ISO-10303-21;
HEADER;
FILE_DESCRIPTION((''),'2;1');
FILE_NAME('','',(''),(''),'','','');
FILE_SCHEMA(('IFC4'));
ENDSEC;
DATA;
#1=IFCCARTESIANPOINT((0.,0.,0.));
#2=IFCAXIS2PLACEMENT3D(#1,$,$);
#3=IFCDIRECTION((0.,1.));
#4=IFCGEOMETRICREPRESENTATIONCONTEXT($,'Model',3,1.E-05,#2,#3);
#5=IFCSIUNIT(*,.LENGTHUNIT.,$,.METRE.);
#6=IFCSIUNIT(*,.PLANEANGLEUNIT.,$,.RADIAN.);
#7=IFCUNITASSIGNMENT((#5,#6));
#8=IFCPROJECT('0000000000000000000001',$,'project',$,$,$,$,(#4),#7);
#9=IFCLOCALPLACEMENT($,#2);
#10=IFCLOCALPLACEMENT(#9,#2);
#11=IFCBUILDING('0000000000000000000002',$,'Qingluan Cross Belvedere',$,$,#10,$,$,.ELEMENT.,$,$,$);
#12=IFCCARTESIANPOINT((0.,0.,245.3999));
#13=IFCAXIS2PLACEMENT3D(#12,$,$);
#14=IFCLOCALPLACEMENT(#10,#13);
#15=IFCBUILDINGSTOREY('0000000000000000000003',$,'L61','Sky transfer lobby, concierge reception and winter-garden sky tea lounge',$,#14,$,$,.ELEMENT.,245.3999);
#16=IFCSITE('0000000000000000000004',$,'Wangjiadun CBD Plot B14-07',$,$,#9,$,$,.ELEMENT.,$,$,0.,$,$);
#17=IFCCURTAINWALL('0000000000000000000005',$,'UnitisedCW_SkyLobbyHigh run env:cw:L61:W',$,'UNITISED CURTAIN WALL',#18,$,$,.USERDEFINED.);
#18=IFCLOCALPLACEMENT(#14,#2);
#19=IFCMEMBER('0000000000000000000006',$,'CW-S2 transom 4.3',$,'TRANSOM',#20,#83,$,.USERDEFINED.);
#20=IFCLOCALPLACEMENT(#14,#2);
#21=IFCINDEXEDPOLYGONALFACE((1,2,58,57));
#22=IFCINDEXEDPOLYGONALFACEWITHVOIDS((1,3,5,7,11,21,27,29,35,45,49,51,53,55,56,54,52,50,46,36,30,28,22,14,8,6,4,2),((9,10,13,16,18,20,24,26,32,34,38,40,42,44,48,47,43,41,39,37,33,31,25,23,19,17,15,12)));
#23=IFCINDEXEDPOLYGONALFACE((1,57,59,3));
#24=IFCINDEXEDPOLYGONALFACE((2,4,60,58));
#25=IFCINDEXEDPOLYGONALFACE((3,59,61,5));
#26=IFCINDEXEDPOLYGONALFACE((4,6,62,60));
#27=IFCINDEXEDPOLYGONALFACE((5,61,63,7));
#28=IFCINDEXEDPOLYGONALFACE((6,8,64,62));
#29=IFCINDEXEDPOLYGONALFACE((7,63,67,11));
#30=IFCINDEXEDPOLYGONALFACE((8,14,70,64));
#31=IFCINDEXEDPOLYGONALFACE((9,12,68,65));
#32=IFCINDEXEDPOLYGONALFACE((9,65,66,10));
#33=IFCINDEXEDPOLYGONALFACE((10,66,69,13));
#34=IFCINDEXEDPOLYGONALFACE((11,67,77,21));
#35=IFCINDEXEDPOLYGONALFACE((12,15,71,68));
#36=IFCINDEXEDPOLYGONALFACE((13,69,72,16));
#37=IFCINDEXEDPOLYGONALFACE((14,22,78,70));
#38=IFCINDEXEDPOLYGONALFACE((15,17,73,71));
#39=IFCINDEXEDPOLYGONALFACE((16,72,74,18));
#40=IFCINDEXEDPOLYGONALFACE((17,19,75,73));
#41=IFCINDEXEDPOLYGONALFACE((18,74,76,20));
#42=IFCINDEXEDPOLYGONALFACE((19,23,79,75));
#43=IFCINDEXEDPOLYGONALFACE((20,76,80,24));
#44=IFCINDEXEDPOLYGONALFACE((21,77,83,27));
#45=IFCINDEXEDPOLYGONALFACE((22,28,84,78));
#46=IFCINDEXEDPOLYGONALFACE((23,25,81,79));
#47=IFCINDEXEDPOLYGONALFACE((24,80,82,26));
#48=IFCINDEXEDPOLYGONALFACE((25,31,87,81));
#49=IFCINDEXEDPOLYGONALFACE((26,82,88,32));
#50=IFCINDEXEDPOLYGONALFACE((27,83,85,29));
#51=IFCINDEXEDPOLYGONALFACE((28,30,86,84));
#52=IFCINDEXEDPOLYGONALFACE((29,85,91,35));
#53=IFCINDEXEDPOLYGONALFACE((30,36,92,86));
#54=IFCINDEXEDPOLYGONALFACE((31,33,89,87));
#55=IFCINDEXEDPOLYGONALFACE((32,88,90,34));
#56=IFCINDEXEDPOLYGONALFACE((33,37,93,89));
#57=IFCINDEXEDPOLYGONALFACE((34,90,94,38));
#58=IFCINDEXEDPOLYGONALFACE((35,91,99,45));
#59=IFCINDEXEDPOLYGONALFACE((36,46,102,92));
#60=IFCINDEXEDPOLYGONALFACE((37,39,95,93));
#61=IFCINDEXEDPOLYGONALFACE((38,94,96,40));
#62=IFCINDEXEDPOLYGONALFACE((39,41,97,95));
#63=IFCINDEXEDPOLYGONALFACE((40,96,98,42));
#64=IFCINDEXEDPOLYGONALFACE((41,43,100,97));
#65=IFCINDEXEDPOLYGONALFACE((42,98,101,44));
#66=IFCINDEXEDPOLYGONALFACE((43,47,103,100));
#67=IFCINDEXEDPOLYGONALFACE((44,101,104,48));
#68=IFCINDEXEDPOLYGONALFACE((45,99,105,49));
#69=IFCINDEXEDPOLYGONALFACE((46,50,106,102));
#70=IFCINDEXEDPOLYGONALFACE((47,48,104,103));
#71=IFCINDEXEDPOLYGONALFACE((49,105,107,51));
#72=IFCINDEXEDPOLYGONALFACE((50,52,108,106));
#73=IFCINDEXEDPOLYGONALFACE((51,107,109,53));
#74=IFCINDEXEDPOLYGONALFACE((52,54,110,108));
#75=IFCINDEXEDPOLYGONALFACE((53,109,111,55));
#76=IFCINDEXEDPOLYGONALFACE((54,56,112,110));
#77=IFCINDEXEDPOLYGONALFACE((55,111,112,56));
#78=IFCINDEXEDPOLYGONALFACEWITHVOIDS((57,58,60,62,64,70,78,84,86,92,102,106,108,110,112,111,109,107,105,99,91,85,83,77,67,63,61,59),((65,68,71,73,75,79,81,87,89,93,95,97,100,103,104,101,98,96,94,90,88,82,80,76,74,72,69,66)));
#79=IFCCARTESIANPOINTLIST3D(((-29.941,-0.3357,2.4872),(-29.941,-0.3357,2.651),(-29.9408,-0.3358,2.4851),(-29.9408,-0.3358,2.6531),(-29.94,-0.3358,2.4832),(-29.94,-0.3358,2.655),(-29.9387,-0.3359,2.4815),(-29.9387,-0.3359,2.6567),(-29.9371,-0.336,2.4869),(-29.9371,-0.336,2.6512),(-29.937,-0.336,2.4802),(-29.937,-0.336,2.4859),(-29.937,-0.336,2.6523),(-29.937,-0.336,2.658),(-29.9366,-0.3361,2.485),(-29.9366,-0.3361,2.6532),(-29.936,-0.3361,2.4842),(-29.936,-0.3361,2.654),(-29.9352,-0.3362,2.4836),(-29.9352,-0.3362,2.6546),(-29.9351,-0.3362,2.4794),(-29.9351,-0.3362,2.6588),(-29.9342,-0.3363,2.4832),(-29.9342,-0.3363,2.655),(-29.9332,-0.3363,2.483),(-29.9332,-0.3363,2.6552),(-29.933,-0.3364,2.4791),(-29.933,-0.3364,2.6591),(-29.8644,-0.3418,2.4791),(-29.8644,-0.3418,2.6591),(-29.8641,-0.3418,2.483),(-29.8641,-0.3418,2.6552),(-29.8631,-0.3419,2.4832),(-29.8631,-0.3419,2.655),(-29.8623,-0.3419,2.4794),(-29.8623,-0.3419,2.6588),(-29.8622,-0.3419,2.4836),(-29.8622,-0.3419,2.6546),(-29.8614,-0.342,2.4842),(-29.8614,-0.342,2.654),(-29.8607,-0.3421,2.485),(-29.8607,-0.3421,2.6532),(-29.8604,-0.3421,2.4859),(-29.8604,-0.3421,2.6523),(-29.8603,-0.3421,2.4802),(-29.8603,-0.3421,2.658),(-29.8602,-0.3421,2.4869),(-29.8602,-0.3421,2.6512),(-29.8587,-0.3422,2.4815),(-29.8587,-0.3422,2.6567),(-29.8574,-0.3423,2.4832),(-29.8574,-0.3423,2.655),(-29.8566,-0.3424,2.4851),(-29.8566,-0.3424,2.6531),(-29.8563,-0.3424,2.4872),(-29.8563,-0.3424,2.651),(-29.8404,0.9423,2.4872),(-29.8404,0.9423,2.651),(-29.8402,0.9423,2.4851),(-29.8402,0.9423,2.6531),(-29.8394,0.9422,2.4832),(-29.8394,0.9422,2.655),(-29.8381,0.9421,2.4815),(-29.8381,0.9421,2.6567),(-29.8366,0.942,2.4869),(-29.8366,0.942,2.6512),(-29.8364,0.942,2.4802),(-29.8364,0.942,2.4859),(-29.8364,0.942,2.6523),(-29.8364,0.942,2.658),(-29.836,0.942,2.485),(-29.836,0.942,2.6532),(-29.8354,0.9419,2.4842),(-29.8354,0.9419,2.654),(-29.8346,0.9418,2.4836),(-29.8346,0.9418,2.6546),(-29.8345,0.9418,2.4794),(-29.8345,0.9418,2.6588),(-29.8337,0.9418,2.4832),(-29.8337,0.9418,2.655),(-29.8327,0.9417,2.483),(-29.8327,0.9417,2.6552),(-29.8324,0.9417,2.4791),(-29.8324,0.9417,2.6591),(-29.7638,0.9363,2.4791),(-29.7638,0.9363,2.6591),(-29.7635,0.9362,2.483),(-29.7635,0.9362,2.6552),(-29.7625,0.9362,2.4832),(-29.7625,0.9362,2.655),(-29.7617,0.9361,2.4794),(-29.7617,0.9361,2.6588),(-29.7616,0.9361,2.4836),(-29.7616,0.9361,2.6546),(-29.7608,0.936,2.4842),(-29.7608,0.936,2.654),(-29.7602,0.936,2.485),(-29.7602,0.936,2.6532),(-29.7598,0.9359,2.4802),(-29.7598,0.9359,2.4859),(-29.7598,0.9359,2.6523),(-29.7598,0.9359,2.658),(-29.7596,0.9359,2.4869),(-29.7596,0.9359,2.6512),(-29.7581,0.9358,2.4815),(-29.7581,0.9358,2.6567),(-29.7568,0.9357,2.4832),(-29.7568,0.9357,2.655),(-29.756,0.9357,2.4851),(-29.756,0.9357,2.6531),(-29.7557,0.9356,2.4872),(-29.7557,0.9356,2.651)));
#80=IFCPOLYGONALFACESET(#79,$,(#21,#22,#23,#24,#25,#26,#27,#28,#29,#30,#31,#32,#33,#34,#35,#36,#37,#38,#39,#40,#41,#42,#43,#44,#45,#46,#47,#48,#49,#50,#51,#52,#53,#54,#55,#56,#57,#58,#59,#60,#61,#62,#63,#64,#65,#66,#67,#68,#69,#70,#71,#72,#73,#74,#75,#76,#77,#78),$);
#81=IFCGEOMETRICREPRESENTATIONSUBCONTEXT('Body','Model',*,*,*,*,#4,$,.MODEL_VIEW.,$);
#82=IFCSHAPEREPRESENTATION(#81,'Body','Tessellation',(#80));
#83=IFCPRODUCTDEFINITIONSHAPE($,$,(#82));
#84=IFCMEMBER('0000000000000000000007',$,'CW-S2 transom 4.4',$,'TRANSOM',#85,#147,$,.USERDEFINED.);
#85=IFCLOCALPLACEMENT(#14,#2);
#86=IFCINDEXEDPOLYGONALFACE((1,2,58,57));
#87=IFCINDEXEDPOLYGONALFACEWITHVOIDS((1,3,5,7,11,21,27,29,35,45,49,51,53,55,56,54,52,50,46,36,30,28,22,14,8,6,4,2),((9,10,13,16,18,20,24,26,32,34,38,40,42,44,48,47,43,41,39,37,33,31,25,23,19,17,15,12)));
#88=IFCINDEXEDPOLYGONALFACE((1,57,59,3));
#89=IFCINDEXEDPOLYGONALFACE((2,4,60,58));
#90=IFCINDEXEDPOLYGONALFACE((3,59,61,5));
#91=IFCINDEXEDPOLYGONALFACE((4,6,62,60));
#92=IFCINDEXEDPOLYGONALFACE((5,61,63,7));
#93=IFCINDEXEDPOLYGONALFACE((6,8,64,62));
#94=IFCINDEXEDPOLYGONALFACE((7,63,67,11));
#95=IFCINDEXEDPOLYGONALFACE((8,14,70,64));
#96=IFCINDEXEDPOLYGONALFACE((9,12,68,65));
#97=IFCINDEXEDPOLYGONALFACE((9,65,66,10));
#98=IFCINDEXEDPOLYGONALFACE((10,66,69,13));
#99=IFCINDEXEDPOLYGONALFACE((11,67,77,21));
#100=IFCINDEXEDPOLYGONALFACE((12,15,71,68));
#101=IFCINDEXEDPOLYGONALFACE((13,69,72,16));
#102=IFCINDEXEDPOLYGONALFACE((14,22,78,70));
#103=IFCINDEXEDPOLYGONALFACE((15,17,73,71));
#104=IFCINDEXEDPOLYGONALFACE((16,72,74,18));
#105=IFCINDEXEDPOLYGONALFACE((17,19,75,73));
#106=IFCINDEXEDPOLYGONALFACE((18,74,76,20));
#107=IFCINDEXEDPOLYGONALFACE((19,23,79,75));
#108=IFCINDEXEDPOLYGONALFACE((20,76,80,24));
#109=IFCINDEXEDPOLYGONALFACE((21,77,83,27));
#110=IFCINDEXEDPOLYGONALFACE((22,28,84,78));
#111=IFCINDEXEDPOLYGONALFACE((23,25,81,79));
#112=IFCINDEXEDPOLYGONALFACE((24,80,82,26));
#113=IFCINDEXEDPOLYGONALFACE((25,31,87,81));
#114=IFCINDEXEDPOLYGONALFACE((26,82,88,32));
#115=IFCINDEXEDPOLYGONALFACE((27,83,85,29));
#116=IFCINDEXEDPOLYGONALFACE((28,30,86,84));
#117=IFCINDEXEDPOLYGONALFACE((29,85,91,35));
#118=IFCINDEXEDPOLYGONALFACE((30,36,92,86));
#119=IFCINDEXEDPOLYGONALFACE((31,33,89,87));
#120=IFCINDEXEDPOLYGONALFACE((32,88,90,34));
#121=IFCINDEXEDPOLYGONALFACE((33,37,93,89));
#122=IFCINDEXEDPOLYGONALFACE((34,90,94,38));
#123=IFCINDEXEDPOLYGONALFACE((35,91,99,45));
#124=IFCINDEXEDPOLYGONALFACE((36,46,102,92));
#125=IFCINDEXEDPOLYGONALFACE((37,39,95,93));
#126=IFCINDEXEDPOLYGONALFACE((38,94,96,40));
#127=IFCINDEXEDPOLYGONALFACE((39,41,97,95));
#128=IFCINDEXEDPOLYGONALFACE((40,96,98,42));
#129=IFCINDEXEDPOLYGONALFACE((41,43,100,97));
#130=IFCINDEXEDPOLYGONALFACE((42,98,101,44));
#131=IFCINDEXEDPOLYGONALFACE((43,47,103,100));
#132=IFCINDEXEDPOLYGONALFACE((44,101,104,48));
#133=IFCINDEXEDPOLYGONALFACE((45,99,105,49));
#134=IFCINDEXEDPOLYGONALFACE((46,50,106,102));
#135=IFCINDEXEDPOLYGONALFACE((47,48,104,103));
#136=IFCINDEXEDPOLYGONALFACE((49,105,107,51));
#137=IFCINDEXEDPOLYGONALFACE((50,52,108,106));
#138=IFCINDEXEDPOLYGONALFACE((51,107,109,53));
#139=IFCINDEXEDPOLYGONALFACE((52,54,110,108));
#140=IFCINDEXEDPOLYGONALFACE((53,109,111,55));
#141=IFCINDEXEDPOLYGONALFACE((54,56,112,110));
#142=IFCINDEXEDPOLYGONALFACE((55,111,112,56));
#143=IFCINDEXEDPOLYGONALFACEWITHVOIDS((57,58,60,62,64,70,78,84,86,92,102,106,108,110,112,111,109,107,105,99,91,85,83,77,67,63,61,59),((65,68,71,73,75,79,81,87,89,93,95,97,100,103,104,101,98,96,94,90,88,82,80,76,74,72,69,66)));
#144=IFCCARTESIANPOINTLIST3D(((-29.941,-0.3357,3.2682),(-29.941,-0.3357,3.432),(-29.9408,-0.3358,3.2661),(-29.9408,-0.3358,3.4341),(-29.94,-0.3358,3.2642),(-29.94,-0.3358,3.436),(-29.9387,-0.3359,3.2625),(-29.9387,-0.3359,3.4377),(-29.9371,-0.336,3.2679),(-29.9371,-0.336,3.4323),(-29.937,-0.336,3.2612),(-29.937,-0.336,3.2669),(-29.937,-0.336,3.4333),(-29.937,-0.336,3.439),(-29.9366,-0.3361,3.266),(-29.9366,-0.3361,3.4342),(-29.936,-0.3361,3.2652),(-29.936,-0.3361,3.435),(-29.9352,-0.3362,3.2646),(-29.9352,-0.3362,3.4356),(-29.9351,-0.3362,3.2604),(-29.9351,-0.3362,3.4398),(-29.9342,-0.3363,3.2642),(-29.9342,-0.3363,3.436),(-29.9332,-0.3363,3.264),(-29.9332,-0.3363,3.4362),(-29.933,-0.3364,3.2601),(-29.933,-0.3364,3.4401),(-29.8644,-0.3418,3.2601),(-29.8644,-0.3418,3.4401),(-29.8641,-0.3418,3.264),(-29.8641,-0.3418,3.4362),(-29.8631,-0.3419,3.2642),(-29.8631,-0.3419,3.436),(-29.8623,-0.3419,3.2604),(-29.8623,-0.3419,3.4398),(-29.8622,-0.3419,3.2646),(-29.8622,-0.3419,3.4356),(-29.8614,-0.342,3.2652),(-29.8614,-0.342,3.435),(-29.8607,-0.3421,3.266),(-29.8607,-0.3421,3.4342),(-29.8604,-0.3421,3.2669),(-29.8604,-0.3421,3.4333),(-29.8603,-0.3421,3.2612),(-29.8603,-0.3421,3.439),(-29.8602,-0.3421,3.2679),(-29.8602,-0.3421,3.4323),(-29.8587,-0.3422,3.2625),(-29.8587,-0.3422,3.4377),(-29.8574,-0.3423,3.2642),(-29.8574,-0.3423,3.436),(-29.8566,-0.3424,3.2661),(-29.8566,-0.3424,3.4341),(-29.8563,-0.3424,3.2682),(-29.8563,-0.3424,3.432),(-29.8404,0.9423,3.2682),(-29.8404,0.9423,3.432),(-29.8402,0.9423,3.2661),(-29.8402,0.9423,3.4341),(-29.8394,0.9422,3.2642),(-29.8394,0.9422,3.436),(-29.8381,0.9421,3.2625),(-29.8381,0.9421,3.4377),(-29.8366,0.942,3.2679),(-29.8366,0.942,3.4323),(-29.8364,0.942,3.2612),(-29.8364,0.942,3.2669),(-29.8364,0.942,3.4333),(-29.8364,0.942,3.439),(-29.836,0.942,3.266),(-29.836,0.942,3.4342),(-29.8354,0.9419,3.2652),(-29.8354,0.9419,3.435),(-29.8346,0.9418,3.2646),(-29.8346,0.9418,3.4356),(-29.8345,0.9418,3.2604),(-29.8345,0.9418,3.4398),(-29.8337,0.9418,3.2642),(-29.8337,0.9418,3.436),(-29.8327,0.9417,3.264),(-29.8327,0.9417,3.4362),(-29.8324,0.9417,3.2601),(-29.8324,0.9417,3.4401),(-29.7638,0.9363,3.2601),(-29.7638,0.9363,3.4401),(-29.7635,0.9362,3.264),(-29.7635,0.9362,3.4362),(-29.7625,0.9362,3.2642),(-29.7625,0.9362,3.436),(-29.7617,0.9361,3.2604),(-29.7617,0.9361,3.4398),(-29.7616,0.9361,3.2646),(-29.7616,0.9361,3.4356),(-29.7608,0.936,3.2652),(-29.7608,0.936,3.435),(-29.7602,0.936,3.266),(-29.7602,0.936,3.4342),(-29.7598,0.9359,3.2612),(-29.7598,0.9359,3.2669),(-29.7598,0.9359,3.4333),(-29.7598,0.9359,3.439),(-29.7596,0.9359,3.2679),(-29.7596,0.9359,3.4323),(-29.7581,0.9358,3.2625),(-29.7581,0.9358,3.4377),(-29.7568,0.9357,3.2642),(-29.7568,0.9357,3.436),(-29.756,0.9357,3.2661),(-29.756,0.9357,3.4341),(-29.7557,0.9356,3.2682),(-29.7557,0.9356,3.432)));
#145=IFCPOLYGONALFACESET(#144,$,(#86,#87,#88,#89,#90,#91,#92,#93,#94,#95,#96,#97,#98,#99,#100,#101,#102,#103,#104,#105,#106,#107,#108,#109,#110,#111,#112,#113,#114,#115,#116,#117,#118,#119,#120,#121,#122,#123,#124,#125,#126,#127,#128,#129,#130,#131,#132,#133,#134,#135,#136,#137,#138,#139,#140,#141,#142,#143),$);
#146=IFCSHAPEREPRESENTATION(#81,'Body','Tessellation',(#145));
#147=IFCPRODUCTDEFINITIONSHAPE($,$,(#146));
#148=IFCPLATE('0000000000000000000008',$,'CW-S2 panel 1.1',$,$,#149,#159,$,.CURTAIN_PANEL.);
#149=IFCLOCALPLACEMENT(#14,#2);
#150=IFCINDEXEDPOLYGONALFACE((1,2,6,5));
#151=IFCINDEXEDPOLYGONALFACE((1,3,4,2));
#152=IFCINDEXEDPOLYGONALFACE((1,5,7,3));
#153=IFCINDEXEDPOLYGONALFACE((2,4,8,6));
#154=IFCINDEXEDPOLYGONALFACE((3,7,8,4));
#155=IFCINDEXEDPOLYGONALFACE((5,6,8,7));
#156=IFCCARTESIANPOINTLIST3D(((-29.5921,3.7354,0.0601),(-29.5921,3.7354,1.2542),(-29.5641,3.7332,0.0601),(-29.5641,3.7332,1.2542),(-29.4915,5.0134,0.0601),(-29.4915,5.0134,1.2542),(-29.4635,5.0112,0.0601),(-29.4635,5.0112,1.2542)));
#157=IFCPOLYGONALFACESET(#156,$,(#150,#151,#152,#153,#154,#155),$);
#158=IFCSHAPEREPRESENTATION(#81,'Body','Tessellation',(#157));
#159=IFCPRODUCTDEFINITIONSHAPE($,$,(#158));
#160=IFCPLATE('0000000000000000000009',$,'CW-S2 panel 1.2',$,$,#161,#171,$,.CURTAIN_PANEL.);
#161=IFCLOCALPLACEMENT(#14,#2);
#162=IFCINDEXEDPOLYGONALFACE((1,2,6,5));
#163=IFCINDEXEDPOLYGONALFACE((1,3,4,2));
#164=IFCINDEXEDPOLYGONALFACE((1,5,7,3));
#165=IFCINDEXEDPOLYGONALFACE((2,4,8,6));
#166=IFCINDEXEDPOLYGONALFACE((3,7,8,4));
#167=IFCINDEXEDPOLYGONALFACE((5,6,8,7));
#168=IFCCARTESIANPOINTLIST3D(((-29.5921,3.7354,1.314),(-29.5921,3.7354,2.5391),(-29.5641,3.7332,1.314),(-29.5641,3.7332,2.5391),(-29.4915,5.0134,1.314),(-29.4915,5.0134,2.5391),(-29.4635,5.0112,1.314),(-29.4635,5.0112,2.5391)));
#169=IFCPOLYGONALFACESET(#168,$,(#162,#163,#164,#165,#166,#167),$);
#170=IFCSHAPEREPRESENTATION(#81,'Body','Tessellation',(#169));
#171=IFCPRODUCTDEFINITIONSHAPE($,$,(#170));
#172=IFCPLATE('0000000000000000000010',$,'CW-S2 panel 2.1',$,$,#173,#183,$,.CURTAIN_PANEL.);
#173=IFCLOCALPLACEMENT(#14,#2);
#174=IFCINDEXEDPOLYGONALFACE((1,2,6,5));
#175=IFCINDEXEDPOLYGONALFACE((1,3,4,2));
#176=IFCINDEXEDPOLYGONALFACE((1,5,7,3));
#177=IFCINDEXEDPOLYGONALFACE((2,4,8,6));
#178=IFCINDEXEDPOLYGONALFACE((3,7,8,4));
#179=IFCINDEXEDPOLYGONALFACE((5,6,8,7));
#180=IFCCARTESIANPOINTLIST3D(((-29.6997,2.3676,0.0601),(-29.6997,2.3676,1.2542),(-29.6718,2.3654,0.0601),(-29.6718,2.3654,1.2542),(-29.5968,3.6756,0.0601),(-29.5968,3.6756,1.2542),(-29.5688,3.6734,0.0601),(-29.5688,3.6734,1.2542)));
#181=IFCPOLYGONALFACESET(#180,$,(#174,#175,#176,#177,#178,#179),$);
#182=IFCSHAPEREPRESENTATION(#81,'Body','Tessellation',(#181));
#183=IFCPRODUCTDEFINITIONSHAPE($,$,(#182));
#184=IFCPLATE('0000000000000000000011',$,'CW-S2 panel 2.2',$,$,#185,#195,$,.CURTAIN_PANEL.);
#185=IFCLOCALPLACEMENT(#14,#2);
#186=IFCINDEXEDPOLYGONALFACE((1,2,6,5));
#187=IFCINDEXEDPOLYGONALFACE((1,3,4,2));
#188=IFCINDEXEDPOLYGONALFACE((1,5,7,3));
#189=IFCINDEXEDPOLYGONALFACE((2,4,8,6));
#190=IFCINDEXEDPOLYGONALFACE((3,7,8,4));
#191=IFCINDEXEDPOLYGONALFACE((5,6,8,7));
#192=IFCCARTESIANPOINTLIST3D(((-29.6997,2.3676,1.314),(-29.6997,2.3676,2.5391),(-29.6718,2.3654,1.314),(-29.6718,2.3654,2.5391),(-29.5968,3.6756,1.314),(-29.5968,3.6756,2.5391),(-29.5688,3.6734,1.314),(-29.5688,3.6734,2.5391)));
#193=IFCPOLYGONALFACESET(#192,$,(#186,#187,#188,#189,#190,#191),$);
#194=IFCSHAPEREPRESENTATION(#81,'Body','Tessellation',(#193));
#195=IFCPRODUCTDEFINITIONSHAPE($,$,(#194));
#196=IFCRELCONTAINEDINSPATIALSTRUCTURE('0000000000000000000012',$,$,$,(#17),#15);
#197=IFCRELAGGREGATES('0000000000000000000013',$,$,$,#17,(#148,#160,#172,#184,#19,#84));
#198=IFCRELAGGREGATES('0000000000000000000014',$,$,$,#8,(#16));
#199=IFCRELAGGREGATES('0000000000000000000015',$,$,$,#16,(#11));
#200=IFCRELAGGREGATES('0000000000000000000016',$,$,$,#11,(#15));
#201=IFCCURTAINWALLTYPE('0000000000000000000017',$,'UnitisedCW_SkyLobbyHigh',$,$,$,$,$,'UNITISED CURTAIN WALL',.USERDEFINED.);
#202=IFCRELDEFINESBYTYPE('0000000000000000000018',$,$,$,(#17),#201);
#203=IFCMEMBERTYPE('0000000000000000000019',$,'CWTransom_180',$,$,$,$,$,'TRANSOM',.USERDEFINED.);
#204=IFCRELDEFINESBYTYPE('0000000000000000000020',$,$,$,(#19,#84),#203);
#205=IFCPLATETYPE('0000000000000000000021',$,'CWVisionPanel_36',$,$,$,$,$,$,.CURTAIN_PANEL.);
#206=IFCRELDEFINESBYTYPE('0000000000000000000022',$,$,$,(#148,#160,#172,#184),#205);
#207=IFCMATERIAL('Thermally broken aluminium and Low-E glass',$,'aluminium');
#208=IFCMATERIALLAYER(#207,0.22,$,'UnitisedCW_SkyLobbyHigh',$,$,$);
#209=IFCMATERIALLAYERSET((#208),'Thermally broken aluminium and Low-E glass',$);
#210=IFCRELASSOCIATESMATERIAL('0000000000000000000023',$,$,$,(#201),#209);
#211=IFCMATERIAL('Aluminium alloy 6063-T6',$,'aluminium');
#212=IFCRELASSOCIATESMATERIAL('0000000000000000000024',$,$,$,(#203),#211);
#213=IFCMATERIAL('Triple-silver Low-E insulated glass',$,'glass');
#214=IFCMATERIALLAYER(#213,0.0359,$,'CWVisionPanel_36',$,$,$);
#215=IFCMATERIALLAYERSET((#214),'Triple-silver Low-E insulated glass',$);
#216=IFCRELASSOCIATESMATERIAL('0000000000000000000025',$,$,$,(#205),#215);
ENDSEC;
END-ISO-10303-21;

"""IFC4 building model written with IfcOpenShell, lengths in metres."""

from ifc_helpers import new_model, si_unit, direction, frame, origin, origin_2d, place, context, subcontext, project, spatial, rectangle, hollow_rectangle, extrude, material, layer, layer_set, material_profile, profile_set, type_object, element, aggregate, save


model = new_model("IFC4")

# Units and contexts
model_context = context("Model", 3, precision=1e-05, world=origin(), true_north=direction((0.0, 1.0)))
body_context = subcontext(model_context, "Body", "Model", "MODEL_VIEW")
ifc_project = project(units=[si_unit("LENGTHUNIT", "METRE"), si_unit("PLANEANGLEUNIT", "RADIAN")], contexts=[model_context])

# Site, building, storey
site_placement = place(None, origin())
site = spatial("IfcSite", under=ifc_project, at=site_placement, Name="Wangjiadun CBD Plot B14-07", CompositionType="ELEMENT", RefElevation=0.0)
building_placement = place(site_placement, origin())
building = spatial("IfcBuilding", under=site, at=building_placement, Name="Qingluan Cross Belvedere", CompositionType="ELEMENT")
storey_placement = place(building_placement, frame((0.0, 0.0, 245.3999)))
storey = spatial("IfcBuildingStorey", under=building, at=storey_placement, Name="L61", Description="Sky transfer lobby, concierge reception and winter-garden sky tea lounge", CompositionType="ELEMENT", Elevation=245.3999)

# Curtain wall, members, plates
ifc_material_1 = material(Name="Thermally broken aluminium and Low-E glass", Category="aluminium")
ifc_layer_1 = layer(ifc_material_1, 0.22, Name="UnitisedCW_SkyLobbyHigh")
ifc_layer_set_1 = layer_set([ifc_layer_1], Name="Thermally broken aluminium and Low-E glass")
curtain_wall_type = type_object("IfcCurtainWallType", Name="UnitisedCW_SkyLobbyHigh", ElementType="UNITISED CURTAIN WALL", PredefinedType="USERDEFINED", material=ifc_layer_set_1)
curtain_wall_placement = place(storey_placement, origin())
curtain_wall = element("IfcCurtainWall", 1, at=curtain_wall_placement, inside=storey, type_object=curtain_wall_type, Name="UnitisedCW_SkyLobbyHigh run env:cw:L61:W", ObjectType="UNITISED CURTAIN WALL", PredefinedType="USERDEFINED")
ifc_material_2 = material(Name="Aluminium alloy 6063-T6", Category="aluminium")
ifc_material_profile_1 = material_profile(ifc_material_2, hollow_rectangle(XDim=0.085, YDim=0.1799, WallThickness=0.0039, InnerFilletRadius=0.0039, OuterFilletRadius=0.0081, at=origin_2d()), Name="CWT180x85x4")
ifc_profile_set_1 = profile_set([ifc_material_profile_1], Name="Aluminium alloy 6063-T6")
member_type_1 = type_object("IfcMemberType", Name="CWTransom_180", ElementType="TRANSOM", PredefinedType="USERDEFINED", material=ifc_profile_set_1)
member_1_placement = place(storey_placement, frame((-29.7981, 0.939, 2.5691), z_axis=(-0.078458, -0.996917, 0.0), x_axis=(0.996917, -0.078458, 0.0)))
member_1 = element("IfcMember", 2, at=member_1_placement, type_object=member_type_1, Name="CW-S2 transom 4.3", ObjectType="TRANSOM", PredefinedType="USERDEFINED", context=body_context, shape_type="SweptSolid", body=[
    extrude(hollow_rectangle(XDim=0.085, YDim=0.1799, WallThickness=0.0039, InnerFilletRadius=0.0039, OuterFilletRadius=0.0081, at=origin_2d()), origin(), (0.0, 0.0, 1.0), 1.282),
])
member_2_placement = place(storey_placement, frame((-29.7981, 0.939, 3.3501), z_axis=(-0.078458, -0.996917, 0.0), x_axis=(0.996917, -0.078458, 0.0)))
member_2 = element("IfcMember", 3, at=member_2_placement, type_object=member_type_1, Name="CW-S2 transom 4.4", ObjectType="TRANSOM", PredefinedType="USERDEFINED", context=body_context, shape_type="SweptSolid", body=[
    extrude(hollow_rectangle(XDim=0.085, YDim=0.1799, WallThickness=0.0039, InnerFilletRadius=0.0039, OuterFilletRadius=0.0081, at=origin_2d()), origin(), (0.0, 0.0, 1.0), 1.282),
])
ifc_material_3 = material(Name="Triple-silver Low-E insulated glass", Category="glass")
ifc_layer_2 = layer(ifc_material_3, 0.0359, Name="CWVisionPanel_36")
ifc_layer_set_2 = layer_set([ifc_layer_2], Name="Triple-silver Low-E insulated glass")
plate_type = type_object("IfcPlateType", Name="CWVisionPanel_36", PredefinedType="CURTAIN_PANEL", material=ifc_layer_set_2)
plate_1_placement = place(storey_placement, frame((-29.5278, 4.3733, 0.0601), z_axis=(0.0, 0.0, 1.0), x_axis=(-0.078462, -0.996917, 0.0)))
plate_1 = element("IfcPlate", 4, at=plate_1_placement, type_object=plate_type, Name="CW-S2 panel 1.1", PredefinedType="CURTAIN_PANEL", context=body_context, shape_type="SweptSolid", body=[
    extrude(rectangle(XDim=1.282, YDim=0.0281, at=origin_2d()), origin(), (0.0, 0.0, 1.0), 1.1941),
])
plate_2_placement = place(storey_placement, frame((-29.5278, 4.3733, 1.314), z_axis=(0.0, 0.0, 1.0), x_axis=(-0.078462, -0.996917, 0.0)))
plate_2 = element("IfcPlate", 5, at=plate_2_placement, type_object=plate_type, Name="CW-S2 panel 1.2", PredefinedType="CURTAIN_PANEL", context=body_context, shape_type="SweptSolid", body=[
    extrude(rectangle(XDim=1.282, YDim=0.0281, at=origin_2d()), origin(), (0.0, 0.0, 1.0), 1.2251),
])
plate_3_placement = place(storey_placement, frame((-29.6343, 3.0205, 0.0601), z_axis=(0.0, 0.0, 1.0), x_axis=(-0.078462, -0.996917, 0.0)))
plate_3 = element("IfcPlate", 6, at=plate_3_placement, type_object=plate_type, Name="CW-S2 panel 2.1", PredefinedType="CURTAIN_PANEL", context=body_context, shape_type="SweptSolid", body=[
    extrude(rectangle(XDim=1.312, YDim=0.0281, at=origin_2d()), origin(), (0.0, 0.0, 1.0), 1.1941),
])
plate_4_placement = place(storey_placement, frame((-29.6343, 3.0205, 1.314), z_axis=(0.0, 0.0, 1.0), x_axis=(-0.078462, -0.996917, 0.0)))
plate_4 = element("IfcPlate", 7, at=plate_4_placement, type_object=plate_type, Name="CW-S2 panel 2.2", PredefinedType="CURTAIN_PANEL", context=body_context, shape_type="SweptSolid", body=[
    extrude(rectangle(XDim=1.312, YDim=0.0281, at=origin_2d()), origin(), (0.0, 0.0, 1.0), 1.2251),
])
aggregate(curtain_wall, [plate_1, plate_2, plate_3, plate_4, member_1, member_2])

save(model, "model.ifc")
